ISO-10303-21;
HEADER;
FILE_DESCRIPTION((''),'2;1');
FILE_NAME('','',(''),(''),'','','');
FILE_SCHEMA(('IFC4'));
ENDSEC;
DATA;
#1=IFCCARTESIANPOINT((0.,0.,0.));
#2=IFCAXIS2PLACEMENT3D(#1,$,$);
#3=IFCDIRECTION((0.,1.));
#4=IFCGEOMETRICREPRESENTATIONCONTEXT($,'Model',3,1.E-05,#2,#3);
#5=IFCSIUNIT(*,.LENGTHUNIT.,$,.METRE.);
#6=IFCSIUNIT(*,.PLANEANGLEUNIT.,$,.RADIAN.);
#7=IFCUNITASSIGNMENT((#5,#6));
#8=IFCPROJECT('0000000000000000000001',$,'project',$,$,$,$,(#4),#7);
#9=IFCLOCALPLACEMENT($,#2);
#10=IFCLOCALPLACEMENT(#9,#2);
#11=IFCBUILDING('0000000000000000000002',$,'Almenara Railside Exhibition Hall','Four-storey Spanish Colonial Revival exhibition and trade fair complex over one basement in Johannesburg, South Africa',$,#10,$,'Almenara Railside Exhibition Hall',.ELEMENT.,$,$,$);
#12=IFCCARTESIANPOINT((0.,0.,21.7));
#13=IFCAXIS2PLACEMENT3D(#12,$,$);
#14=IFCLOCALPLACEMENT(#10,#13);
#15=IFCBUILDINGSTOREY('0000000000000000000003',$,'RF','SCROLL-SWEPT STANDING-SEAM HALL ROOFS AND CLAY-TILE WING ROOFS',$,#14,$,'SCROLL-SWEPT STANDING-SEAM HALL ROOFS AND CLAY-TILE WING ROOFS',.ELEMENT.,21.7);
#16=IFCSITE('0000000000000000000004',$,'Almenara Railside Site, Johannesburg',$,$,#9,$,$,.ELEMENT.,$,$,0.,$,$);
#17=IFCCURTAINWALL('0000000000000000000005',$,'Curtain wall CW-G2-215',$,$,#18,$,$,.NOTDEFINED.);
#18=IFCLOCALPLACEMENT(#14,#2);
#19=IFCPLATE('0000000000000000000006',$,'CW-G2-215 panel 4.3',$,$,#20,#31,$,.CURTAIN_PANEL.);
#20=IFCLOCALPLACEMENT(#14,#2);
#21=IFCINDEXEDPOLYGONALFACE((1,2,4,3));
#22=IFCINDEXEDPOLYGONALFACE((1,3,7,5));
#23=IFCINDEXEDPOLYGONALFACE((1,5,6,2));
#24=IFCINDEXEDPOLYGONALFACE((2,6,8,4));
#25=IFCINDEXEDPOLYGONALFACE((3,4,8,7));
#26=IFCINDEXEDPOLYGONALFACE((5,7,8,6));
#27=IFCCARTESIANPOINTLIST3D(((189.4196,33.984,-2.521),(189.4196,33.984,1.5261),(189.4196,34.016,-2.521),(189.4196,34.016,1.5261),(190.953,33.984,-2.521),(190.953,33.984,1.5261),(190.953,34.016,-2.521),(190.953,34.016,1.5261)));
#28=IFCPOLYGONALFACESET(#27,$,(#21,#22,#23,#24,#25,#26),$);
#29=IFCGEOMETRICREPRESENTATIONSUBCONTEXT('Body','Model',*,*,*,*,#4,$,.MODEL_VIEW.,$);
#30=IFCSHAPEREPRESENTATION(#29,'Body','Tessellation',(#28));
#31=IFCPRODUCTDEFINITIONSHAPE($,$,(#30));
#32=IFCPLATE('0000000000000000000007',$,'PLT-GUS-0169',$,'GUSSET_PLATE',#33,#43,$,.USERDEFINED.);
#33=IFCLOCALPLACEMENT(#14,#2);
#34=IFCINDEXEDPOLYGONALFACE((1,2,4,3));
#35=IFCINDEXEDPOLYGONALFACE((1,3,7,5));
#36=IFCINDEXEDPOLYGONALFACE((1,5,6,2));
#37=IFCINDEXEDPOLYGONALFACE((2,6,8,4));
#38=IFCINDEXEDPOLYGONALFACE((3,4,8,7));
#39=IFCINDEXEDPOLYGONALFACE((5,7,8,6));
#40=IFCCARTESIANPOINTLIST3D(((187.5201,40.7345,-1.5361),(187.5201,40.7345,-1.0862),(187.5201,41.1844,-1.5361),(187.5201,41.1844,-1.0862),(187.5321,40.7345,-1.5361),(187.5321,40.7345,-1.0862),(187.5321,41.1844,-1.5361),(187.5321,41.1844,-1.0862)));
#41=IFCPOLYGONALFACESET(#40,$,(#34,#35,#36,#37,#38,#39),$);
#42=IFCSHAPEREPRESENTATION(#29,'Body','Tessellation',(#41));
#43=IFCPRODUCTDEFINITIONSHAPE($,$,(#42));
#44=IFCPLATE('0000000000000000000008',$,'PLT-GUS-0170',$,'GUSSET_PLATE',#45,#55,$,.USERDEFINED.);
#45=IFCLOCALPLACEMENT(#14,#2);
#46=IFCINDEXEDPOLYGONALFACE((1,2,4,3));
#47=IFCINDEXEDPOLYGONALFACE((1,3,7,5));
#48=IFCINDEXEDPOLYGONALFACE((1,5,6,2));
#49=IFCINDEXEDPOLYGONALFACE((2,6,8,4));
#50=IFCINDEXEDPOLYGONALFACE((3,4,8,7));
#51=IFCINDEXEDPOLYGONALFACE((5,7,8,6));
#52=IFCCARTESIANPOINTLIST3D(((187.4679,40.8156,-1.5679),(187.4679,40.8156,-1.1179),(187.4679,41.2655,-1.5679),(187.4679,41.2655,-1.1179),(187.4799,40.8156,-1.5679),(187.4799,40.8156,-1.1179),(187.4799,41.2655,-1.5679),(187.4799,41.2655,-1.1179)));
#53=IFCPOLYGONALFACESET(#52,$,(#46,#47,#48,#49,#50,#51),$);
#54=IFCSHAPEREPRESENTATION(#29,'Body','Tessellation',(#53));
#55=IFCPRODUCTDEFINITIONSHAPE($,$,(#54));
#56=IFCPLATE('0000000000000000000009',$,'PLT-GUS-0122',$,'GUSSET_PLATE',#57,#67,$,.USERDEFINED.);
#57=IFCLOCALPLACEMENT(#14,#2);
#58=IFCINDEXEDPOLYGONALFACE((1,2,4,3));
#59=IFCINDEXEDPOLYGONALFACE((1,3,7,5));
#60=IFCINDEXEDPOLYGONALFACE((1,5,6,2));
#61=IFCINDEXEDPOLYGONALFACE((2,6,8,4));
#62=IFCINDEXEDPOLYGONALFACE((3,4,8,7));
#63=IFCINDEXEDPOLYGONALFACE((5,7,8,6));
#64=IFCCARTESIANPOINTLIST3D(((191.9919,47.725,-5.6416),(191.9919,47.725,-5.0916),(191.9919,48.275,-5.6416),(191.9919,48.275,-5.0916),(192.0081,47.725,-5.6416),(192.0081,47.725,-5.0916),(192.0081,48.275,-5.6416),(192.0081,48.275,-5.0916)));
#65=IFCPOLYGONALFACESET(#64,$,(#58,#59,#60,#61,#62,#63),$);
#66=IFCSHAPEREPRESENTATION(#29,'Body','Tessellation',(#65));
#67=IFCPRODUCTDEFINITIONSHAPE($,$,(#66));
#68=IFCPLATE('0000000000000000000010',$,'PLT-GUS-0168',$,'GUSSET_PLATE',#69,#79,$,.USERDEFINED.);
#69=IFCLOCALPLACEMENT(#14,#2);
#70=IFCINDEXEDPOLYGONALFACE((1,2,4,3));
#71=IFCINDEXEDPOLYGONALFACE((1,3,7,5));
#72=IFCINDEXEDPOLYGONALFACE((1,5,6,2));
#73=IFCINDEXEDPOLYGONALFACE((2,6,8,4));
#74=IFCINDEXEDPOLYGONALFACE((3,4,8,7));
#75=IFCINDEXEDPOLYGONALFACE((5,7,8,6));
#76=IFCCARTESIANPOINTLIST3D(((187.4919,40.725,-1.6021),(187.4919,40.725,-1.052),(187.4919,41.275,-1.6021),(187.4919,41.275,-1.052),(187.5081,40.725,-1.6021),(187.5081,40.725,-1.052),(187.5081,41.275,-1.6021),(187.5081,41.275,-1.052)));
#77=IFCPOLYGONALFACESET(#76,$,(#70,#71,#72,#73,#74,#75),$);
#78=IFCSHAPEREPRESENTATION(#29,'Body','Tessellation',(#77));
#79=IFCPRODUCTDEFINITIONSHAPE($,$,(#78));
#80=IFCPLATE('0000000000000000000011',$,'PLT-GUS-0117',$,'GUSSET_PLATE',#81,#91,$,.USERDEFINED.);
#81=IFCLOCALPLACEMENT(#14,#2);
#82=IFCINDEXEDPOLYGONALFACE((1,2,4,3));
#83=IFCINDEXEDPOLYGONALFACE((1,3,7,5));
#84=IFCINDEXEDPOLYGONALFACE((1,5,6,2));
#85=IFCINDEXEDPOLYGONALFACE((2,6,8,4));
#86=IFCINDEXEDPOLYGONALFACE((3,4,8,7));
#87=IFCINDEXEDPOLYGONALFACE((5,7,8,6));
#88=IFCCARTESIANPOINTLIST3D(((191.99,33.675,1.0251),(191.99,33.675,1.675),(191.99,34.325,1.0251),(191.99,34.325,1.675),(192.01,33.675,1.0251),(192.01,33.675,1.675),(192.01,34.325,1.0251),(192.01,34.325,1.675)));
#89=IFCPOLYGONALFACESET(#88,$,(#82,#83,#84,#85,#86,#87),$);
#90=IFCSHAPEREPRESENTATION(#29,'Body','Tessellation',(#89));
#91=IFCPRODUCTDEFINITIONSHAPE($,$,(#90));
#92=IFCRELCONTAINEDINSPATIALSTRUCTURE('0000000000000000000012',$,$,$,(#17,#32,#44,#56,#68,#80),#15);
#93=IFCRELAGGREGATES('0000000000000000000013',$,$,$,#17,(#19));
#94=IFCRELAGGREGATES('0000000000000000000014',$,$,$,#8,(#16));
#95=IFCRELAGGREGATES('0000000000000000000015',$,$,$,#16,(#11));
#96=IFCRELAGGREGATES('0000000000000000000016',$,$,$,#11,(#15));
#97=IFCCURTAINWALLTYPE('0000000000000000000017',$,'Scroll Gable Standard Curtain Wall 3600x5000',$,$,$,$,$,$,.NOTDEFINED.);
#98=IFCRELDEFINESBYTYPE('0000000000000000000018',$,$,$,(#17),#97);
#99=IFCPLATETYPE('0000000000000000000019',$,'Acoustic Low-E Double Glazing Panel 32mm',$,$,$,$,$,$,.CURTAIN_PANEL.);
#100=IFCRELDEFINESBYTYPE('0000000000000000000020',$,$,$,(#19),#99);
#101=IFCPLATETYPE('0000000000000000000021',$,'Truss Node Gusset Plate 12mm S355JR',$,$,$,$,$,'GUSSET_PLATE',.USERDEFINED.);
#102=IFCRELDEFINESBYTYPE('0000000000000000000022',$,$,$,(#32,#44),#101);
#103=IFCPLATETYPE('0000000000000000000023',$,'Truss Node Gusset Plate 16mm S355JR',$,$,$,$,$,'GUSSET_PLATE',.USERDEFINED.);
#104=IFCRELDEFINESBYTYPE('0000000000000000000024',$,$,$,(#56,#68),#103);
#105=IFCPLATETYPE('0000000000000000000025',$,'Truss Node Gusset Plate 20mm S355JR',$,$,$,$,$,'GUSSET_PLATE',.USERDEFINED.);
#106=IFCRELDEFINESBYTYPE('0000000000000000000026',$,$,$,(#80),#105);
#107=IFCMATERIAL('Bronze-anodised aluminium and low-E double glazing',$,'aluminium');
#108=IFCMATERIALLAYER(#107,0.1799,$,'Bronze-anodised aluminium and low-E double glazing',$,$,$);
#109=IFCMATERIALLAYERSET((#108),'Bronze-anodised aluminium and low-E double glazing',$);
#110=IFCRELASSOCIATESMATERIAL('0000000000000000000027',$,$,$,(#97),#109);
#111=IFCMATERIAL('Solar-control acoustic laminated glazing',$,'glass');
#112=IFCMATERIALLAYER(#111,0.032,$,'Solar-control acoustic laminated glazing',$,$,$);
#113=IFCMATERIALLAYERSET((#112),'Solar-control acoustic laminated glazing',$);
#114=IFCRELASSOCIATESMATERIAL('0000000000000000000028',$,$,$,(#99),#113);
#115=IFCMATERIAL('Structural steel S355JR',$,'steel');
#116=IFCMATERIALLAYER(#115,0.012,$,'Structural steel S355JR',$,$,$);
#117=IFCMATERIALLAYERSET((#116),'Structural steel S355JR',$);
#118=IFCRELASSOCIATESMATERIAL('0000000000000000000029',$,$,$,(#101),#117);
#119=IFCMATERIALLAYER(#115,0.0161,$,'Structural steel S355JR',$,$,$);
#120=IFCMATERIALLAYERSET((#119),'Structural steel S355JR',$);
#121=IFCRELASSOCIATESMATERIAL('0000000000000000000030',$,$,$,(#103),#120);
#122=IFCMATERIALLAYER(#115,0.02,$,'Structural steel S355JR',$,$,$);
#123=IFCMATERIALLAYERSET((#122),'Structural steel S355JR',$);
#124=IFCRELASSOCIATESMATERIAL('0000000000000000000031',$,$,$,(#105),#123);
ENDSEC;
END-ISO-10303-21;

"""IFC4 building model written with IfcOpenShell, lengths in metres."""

from ifc_helpers import new_model, si_unit, direction, frame, origin, origin_2d, place, context, subcontext, project, spatial, rectangle, extrude, material, layer, layer_set, type_object, element, aggregate, save


model = new_model("IFC4")

# Units and contexts
model_context = context("Model", 3, precision=1e-05, world=origin(), true_north=direction((0.0, 1.0)))
body_context = subcontext(model_context, "Body", "Model", "MODEL_VIEW")
ifc_project = project(units=[si_unit("LENGTHUNIT", "METRE"), si_unit("PLANEANGLEUNIT", "RADIAN")], contexts=[model_context])

# Site, building, storey
site_placement = place(None, origin())
site = spatial("IfcSite", under=ifc_project, at=site_placement, Name="Almenara Railside Site, Johannesburg", CompositionType="ELEMENT", RefElevation=0.0)
building_placement = place(site_placement, origin())
building = spatial("IfcBuilding", under=site, at=building_placement, Name="Almenara Railside Exhibition Hall", Description="Four-storey Spanish Colonial Revival exhibition and trade fair complex over one basement in Johannesburg, South Africa", LongName="Almenara Railside Exhibition Hall", CompositionType="ELEMENT")
storey_placement = place(building_placement, frame((0.0, 0.0, 21.7)))
storey = spatial("IfcBuildingStorey", under=building, at=storey_placement, Name="RF", Description="SCROLL-SWEPT STANDING-SEAM HALL ROOFS AND CLAY-TILE WING ROOFS", LongName="SCROLL-SWEPT STANDING-SEAM HALL ROOFS AND CLAY-TILE WING ROOFS", CompositionType="ELEMENT", Elevation=21.7)

# Shared definitions
ifc_material_1 = material(Name="Structural steel S355JR", Category="steel")

# Curtain wall
ifc_material_2 = material(Name="Bronze-anodised aluminium and low-E double glazing", Category="aluminium")
ifc_layer_1 = layer(ifc_material_2, 0.1799, Name="Bronze-anodised aluminium and low-E double glazing")
ifc_layer_set_1 = layer_set([ifc_layer_1], Name="Bronze-anodised aluminium and low-E double glazing")
curtain_wall_type = type_object("IfcCurtainWallType", Name="Scroll Gable Standard Curtain Wall 3600x5000", PredefinedType="NOTDEFINED", material=ifc_layer_set_1)
curtain_wall_placement = place(storey_placement, origin())
curtain_wall = element("IfcCurtainWall", 1, at=curtain_wall_placement, inside=storey, type_object=curtain_wall_type, Name="Curtain wall CW-G2-215", PredefinedType="NOTDEFINED")

# Plate
ifc_material_3 = material(Name="Solar-control acoustic laminated glazing", Category="glass")
ifc_layer_2 = layer(ifc_material_3, 0.032, Name="Solar-control acoustic laminated glazing")
ifc_layer_set_2 = layer_set([ifc_layer_2], Name="Solar-control acoustic laminated glazing")
plate_type_1 = type_object("IfcPlateType", Name="Acoustic Low-E Double Glazing Panel 32mm", PredefinedType="CURTAIN_PANEL", material=ifc_layer_set_2)
plate_1_placement = place(storey_placement, frame((190.1863, 34.0, -2.521), z_axis=(0.0, 0.0, 1.0), x_axis=(1.0, 0.0, 0.0)))
plate_1 = element("IfcPlate", 2, at=plate_1_placement, type_object=plate_type_1, Name="CW-G2-215 panel 4.3", PredefinedType="CURTAIN_PANEL", context=body_context, shape_type="SweptSolid", body=[
    extrude(rectangle(XDim=1.5334, YDim=0.032, at=origin_2d()), origin(), (0.0, 0.0, 1.0), 4.0471),
])
aggregate(curtain_wall, [plate_1])

# Plates
ifc_layer_3 = layer(ifc_material_1, 0.012, Name="Structural steel S355JR")
ifc_layer_set_3 = layer_set([ifc_layer_3], Name="Structural steel S355JR")
plate_type_2 = type_object("IfcPlateType", Name="Truss Node Gusset Plate 12mm S355JR", ElementType="GUSSET_PLATE", PredefinedType="USERDEFINED", material=ifc_layer_set_3)
for number, where, z_axis, x_axis, name in (
    (3, (187.5261, 40.9595, -1.5361), (0.0, 0.0, 1.0), (0.0, 1.0, 0.0), "PLT-GUS-0169"),
    (4, (187.4739, 41.0405, -1.5679), (0.0, 0.0, 1.0), (0.0, 1.0, 0.0), "PLT-GUS-0170"),
):
    element("IfcPlate", number, at=place(storey_placement, frame(where, z_axis=z_axis, x_axis=x_axis)), inside=storey, type_object=plate_type_2, Name=name, ObjectType="GUSSET_PLATE", PredefinedType="USERDEFINED", context=body_context, shape_type="SweptSolid", body=[
        extrude(rectangle(XDim=0.45, YDim=0.012, at=origin_2d()), origin(), (0.0, 0.0, 1.0), 0.45),
    ])
ifc_layer_4 = layer(ifc_material_1, 0.0161, Name="Structural steel S355JR")
ifc_layer_set_4 = layer_set([ifc_layer_4], Name="Structural steel S355JR")
plate_type_3 = type_object("IfcPlateType", Name="Truss Node Gusset Plate 16mm S355JR", ElementType="GUSSET_PLATE", PredefinedType="USERDEFINED", material=ifc_layer_set_4)
for number, where, z_axis, x_axis, name in (
    (5, (192.0, 48.0, -5.6416), (0.0, 0.0, 1.0), (0.0, 1.0, 0.0), "PLT-GUS-0122"),
    (6, (187.5, 41.0, -1.6021), (0.0, 0.0, 1.0), (0.0, 1.0, 0.0), "PLT-GUS-0168"),
):
    element("IfcPlate", number, at=place(storey_placement, frame(where, z_axis=z_axis, x_axis=x_axis)), inside=storey, type_object=plate_type_3, Name=name, ObjectType="GUSSET_PLATE", PredefinedType="USERDEFINED", context=body_context, shape_type="SweptSolid", body=[
        extrude(rectangle(XDim=0.55, YDim=0.0161, at=origin_2d()), origin(), (0.0, 0.0, 1.0), 0.55),
    ])
ifc_layer_5 = layer(ifc_material_1, 0.02, Name="Structural steel S355JR")
ifc_layer_set_5 = layer_set([ifc_layer_5], Name="Structural steel S355JR")
plate_type_4 = type_object("IfcPlateType", Name="Truss Node Gusset Plate 20mm S355JR", ElementType="GUSSET_PLATE", PredefinedType="USERDEFINED", material=ifc_layer_set_5)
plate_2_placement = place(storey_placement, frame((192.0, 34.0, 1.0251), z_axis=(0.0, 0.0, 1.0), x_axis=(0.0, 1.0, 0.0)))
element("IfcPlate", 7, at=plate_2_placement, inside=storey, type_object=plate_type_4, Name="PLT-GUS-0117", ObjectType="GUSSET_PLATE", PredefinedType="USERDEFINED", context=body_context, shape_type="SweptSolid", body=[
    extrude(rectangle(XDim=0.6499, YDim=0.02, at=origin_2d()), origin(), (0.0, 0.0, 1.0), 0.6499),
])

save(model, "model.ifc")
